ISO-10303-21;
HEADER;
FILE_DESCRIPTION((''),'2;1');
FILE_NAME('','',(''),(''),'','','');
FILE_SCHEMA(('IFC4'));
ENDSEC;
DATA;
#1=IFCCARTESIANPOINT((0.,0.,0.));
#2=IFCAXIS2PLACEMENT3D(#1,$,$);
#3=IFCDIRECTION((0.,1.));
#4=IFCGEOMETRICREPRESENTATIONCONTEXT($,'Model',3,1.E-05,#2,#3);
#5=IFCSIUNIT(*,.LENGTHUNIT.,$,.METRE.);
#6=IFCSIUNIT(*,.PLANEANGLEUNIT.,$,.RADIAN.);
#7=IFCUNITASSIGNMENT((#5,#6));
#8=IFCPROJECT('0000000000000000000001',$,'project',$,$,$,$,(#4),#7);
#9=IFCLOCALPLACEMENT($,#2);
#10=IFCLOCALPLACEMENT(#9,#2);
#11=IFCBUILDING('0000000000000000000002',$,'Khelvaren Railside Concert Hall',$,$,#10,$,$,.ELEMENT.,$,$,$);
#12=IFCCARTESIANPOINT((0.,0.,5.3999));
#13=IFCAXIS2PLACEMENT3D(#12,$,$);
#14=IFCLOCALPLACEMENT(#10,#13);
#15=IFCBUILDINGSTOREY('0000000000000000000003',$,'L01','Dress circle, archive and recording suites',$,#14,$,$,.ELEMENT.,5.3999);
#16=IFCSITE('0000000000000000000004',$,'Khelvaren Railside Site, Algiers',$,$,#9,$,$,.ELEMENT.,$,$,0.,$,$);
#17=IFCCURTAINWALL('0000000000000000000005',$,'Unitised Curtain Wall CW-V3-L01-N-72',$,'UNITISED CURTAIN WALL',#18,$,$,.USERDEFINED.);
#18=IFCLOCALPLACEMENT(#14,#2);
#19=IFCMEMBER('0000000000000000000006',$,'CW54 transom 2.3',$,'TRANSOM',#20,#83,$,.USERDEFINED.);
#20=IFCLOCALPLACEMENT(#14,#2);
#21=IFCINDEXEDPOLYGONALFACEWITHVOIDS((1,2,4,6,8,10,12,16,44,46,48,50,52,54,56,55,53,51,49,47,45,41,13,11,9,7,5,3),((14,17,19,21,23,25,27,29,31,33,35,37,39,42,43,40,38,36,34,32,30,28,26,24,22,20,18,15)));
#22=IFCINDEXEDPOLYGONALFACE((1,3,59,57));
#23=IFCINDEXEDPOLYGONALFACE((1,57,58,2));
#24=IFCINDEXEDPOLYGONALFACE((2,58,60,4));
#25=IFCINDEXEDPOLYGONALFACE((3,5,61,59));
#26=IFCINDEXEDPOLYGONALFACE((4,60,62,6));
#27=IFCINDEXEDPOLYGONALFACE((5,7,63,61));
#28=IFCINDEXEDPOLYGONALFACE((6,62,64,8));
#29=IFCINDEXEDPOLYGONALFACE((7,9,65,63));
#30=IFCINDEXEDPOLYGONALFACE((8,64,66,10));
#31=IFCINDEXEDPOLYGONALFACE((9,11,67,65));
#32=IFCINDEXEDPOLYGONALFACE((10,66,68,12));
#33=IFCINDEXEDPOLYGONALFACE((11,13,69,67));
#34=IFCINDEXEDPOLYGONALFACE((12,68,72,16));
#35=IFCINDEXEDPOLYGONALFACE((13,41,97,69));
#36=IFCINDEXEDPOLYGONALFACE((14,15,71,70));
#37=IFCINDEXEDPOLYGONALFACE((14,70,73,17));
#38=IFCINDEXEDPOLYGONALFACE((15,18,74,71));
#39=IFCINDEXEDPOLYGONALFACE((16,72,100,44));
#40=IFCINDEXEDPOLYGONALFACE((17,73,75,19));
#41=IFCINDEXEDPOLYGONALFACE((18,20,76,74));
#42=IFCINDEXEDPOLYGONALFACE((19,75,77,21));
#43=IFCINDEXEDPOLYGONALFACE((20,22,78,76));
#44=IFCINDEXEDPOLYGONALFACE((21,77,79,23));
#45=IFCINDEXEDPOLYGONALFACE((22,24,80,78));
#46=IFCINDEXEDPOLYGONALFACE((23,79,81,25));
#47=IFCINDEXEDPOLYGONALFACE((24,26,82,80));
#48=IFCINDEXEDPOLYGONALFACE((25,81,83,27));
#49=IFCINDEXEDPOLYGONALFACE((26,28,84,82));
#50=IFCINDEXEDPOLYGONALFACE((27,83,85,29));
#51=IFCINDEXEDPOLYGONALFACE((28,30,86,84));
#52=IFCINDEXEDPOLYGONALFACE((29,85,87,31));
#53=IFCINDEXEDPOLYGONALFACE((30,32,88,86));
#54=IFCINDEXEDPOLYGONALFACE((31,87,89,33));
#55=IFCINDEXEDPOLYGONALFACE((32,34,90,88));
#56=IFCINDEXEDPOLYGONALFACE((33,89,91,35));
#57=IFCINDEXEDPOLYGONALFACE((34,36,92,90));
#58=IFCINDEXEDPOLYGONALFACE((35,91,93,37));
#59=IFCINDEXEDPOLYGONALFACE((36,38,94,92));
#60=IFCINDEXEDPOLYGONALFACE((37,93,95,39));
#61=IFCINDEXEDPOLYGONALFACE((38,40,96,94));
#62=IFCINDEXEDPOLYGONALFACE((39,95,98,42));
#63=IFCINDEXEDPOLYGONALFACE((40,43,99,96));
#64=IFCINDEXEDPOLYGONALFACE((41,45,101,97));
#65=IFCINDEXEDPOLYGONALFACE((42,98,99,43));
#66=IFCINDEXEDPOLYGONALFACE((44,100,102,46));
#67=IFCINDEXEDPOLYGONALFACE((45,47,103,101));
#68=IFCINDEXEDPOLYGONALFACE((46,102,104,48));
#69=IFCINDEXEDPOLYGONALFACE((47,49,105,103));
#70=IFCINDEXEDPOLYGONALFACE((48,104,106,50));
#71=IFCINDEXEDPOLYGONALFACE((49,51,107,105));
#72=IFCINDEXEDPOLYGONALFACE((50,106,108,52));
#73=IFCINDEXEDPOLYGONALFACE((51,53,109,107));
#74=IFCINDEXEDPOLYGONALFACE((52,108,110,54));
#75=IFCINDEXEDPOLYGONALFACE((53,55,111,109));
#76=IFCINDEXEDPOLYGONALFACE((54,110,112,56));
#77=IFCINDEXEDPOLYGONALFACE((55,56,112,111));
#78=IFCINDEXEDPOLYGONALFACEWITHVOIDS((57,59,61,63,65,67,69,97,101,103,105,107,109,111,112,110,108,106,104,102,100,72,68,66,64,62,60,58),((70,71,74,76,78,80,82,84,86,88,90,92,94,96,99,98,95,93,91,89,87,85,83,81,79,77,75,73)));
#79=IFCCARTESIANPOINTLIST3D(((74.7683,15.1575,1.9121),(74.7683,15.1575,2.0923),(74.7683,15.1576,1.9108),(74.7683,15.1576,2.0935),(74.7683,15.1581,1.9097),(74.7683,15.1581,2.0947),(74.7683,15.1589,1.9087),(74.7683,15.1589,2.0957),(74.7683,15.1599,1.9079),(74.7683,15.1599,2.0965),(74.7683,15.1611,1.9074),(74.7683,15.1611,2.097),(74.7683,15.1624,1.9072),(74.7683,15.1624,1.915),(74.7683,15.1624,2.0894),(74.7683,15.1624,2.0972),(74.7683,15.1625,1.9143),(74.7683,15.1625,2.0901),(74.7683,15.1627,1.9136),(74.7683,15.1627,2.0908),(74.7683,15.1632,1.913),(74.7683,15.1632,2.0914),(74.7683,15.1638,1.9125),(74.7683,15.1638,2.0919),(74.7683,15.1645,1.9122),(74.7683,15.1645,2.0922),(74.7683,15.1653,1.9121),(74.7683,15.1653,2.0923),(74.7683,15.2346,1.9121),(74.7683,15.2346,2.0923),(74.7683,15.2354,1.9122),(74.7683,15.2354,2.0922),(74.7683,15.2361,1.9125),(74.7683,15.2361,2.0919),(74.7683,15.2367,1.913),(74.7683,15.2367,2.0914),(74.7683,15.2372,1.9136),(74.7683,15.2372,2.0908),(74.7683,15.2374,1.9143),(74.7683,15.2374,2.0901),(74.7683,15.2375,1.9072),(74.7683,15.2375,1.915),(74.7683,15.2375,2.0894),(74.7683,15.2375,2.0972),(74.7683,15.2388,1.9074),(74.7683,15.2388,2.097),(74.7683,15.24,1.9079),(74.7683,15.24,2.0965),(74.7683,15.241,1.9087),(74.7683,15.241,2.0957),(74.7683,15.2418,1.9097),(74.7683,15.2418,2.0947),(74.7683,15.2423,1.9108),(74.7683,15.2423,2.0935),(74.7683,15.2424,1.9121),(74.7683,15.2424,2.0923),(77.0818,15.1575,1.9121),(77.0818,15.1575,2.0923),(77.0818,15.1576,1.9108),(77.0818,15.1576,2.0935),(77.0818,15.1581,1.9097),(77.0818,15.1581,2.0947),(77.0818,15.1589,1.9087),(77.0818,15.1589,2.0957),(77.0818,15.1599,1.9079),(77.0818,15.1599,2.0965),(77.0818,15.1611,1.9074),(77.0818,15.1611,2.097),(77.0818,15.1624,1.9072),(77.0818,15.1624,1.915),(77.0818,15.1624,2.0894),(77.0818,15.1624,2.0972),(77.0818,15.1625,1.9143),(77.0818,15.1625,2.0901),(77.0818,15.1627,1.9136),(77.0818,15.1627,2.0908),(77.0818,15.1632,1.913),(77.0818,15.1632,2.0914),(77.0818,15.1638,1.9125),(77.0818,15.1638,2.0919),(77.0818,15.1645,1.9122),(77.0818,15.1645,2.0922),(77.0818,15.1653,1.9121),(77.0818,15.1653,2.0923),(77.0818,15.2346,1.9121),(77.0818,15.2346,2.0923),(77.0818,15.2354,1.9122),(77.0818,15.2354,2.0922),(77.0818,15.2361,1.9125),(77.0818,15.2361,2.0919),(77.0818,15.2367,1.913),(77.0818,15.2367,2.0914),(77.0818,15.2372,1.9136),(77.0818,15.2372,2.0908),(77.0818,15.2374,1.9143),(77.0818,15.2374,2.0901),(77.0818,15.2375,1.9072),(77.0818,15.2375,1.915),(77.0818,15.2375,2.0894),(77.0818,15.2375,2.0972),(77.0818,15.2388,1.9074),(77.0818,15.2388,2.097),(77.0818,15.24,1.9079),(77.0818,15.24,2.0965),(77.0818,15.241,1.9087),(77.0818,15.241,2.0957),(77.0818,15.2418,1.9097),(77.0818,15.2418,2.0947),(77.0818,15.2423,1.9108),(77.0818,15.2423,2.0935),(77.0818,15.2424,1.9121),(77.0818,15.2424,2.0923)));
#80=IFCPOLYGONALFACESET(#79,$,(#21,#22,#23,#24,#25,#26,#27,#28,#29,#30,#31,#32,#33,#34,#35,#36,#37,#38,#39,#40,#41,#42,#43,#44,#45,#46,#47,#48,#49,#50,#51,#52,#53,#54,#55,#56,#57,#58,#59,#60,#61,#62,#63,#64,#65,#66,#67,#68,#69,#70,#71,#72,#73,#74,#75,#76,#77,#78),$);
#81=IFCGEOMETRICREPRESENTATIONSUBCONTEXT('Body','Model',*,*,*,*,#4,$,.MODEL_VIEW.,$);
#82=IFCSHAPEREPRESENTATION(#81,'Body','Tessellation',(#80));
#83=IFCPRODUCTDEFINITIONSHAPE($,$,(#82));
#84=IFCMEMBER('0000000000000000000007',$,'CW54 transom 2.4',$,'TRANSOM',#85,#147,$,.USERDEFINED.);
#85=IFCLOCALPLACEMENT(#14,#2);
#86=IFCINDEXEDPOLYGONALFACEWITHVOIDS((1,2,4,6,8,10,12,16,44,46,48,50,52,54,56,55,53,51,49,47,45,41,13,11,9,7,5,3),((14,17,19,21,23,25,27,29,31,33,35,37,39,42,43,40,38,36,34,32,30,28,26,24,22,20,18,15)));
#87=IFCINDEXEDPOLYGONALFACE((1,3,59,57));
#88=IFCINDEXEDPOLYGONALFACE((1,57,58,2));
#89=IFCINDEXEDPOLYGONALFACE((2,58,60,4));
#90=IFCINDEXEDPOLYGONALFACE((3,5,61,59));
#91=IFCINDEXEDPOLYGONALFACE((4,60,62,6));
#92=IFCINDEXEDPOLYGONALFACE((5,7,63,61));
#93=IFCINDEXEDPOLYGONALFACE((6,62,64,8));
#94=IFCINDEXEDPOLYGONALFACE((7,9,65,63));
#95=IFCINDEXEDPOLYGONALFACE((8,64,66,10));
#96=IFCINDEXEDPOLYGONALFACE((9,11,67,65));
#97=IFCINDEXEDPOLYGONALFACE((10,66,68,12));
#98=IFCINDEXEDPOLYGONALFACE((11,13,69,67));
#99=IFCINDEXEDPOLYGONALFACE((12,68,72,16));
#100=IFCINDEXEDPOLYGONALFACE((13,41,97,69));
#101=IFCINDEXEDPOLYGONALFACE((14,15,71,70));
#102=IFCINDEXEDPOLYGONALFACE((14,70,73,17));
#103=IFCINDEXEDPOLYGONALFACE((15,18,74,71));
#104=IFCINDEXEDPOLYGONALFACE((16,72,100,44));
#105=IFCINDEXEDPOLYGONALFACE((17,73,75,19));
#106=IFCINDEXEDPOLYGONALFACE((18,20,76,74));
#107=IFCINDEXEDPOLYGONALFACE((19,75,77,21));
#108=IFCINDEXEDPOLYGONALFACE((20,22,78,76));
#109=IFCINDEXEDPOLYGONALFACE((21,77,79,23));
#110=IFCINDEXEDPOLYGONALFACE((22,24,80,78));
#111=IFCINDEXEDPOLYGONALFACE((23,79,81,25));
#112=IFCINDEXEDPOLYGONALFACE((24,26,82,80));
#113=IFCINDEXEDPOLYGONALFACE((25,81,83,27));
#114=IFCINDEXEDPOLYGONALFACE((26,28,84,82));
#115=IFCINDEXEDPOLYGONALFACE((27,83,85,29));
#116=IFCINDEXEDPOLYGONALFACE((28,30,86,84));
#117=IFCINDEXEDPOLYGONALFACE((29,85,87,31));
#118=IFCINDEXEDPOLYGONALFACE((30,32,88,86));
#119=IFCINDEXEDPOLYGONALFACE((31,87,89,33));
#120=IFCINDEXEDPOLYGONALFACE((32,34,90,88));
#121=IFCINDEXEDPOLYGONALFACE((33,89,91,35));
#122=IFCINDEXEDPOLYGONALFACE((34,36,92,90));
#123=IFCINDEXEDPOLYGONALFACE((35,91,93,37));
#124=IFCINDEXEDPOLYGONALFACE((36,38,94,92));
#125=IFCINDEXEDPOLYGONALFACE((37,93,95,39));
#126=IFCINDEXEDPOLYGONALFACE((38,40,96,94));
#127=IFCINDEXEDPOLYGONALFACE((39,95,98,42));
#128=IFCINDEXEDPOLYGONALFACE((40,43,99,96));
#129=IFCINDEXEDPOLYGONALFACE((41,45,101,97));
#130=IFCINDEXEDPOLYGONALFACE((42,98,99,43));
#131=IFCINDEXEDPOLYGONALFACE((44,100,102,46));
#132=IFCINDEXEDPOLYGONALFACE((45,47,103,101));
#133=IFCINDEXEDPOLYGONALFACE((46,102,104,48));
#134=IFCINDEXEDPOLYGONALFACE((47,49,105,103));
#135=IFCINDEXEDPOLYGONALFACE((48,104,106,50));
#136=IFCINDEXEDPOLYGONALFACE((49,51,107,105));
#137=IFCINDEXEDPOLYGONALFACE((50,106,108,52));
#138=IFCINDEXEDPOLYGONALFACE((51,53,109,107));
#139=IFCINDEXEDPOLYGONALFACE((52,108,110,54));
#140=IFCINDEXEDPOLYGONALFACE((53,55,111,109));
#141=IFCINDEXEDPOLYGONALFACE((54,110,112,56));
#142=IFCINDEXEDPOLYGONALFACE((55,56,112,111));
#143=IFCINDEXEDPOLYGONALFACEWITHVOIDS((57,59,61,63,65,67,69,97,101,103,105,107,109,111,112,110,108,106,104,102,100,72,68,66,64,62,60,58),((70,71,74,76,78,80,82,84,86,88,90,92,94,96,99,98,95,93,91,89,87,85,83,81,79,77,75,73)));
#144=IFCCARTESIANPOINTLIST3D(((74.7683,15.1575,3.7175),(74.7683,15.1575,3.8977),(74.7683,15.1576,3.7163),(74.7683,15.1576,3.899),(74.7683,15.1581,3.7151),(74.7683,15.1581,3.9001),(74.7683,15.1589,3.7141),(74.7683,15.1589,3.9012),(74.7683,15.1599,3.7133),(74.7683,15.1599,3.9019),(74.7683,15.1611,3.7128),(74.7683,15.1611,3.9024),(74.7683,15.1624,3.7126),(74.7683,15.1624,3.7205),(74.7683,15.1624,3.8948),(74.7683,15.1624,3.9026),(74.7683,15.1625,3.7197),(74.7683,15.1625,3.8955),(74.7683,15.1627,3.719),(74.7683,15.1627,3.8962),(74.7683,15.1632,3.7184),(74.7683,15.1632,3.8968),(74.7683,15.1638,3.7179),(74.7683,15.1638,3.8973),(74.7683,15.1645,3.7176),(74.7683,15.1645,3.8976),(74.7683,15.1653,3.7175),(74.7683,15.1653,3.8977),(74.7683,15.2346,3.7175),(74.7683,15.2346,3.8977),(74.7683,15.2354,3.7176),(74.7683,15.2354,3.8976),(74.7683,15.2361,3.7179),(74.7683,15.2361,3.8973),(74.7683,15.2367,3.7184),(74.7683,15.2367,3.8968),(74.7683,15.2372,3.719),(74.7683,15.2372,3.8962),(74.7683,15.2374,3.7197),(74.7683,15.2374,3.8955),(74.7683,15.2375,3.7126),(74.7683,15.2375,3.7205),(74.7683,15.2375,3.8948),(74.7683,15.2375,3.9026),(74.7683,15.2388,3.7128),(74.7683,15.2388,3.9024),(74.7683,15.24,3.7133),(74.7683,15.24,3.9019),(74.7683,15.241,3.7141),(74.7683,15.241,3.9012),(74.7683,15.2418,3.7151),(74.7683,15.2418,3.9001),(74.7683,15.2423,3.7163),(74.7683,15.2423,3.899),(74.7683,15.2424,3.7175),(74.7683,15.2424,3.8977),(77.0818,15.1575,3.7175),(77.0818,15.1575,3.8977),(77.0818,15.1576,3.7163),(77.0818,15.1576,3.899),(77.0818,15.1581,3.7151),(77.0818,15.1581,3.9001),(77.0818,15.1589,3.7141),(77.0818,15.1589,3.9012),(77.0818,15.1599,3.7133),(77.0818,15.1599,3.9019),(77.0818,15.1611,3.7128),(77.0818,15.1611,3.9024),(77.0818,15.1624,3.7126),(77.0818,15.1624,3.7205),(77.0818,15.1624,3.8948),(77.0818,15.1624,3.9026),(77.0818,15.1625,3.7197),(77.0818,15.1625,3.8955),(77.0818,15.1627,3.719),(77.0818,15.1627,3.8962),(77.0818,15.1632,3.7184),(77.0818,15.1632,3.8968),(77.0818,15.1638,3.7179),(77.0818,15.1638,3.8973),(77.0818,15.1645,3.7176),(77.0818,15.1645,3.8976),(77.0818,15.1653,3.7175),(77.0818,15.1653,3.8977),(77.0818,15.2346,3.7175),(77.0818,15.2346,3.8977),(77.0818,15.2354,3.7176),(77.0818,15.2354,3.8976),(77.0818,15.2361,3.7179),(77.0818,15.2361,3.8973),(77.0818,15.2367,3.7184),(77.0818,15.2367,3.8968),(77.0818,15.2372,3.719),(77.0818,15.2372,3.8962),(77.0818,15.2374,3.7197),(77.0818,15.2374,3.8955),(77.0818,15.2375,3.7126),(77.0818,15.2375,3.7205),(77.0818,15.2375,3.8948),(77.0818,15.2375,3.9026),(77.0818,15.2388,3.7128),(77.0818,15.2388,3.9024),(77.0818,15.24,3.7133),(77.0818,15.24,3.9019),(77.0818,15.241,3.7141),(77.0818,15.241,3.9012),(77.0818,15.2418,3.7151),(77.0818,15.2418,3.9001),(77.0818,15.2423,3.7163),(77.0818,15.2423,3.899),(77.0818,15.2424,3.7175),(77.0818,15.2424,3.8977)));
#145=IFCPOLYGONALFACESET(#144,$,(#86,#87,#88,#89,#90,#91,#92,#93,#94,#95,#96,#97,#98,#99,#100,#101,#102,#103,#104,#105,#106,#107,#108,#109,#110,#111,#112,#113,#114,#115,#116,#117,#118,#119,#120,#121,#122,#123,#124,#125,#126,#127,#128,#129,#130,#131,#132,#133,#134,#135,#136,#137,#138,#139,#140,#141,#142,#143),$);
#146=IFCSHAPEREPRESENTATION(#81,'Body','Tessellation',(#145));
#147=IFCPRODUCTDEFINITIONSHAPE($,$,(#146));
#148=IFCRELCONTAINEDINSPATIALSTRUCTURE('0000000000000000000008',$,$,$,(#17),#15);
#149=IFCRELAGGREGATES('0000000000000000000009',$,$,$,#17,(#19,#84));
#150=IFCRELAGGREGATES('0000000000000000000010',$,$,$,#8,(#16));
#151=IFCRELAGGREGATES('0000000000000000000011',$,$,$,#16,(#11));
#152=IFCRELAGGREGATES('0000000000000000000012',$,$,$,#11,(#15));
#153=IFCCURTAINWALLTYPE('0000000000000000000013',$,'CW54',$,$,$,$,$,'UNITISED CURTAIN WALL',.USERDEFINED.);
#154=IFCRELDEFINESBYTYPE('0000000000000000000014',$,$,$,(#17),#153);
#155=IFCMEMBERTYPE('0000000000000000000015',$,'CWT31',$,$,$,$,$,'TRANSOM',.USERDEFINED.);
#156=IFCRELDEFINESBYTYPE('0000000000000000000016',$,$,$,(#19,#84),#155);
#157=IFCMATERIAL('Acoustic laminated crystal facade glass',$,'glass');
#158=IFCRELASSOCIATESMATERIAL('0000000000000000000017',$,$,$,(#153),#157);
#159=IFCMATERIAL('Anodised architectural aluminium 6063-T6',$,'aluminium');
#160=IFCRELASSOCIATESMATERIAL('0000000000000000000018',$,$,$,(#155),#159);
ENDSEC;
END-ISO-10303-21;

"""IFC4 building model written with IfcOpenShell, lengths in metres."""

from ifc_helpers import new_model, si_unit, direction, frame, origin, origin_2d, place, context, subcontext, project, spatial, hollow_rectangle, extrude, material, material_profile, profile_set, type_object, element, aggregate, save


model = new_model("IFC4")

# Units and contexts
model_context = context("Model", 3, precision=1e-05, world=origin(), true_north=direction((0.0, 1.0)))
body_context = subcontext(model_context, "Body", "Model", "MODEL_VIEW")
ifc_project = project(units=[si_unit("LENGTHUNIT", "METRE"), si_unit("PLANEANGLEUNIT", "RADIAN")], contexts=[model_context])

# Site, building, storey
site_placement = place(None, origin())
site = spatial("IfcSite", under=ifc_project, at=site_placement, Name="Khelvaren Railside Site, Algiers", CompositionType="ELEMENT", RefElevation=0.0)
building_placement = place(site_placement, origin())
building = spatial("IfcBuilding", under=site, at=building_placement, Name="Khelvaren Railside Concert Hall", CompositionType="ELEMENT")
storey_placement = place(building_placement, frame((0.0, 0.0, 5.3999)))
storey = spatial("IfcBuildingStorey", under=building, at=storey_placement, Name="L01", Description="Dress circle, archive and recording suites", CompositionType="ELEMENT", Elevation=5.3999)

# Curtain wall, members
ifc_material_1 = material(Name="Acoustic laminated crystal facade glass", Category="glass")
curtain_wall_type = type_object("IfcCurtainWallType", Name="CW54", ElementType="UNITISED CURTAIN WALL", PredefinedType="USERDEFINED", material=ifc_material_1)
curtain_wall_placement = place(storey_placement, origin())
curtain_wall = element("IfcCurtainWall", 1, at=curtain_wall_placement, inside=storey, type_object=curtain_wall_type, Name="Unitised Curtain Wall CW-V3-L01-N-72", ObjectType="UNITISED CURTAIN WALL", PredefinedType="USERDEFINED")
ifc_material_2 = material(Name="Anodised architectural aluminium 6063-T6", Category="aluminium")
ifc_material_profile_1 = material_profile(ifc_material_2, hollow_rectangle(XDim=0.085, YDim=0.1899, WallThickness=0.0049, InnerFilletRadius=0.0029, OuterFilletRadius=0.0049, at=origin_2d()), Name="CWT 85x190x5")
ifc_profile_set_1 = profile_set([ifc_material_profile_1], Name="Anodised architectural aluminium 6063-T6")
member_type_1 = type_object("IfcMemberType", Name="CWT31", ElementType="TRANSOM", PredefinedType="USERDEFINED", material=ifc_profile_set_1)
member_1_placement = place(storey_placement, frame((74.7683, 15.2, 2.0022), z_axis=(1.0, 0.0, 0.0), x_axis=(0.0, 1.0, 0.0)))
member_1 = element("IfcMember", 2, at=member_1_placement, type_object=member_type_1, Name="CW54 transom 2.3", ObjectType="TRANSOM", PredefinedType="USERDEFINED", context=body_context, shape_type="SweptSolid", body=[
    extrude(hollow_rectangle(XDim=0.085, YDim=0.1899, WallThickness=0.0049, InnerFilletRadius=0.0029, OuterFilletRadius=0.0049, at=origin_2d()), origin(), (0.0, 0.0, 1.0), 2.3135),
])
member_2_placement = place(storey_placement, frame((74.7683, 15.2, 3.8076), z_axis=(1.0, 0.0, 0.0), x_axis=(0.0, 1.0, 0.0)))
member_2 = element("IfcMember", 3, at=member_2_placement, type_object=member_type_1, Name="CW54 transom 2.4", ObjectType="TRANSOM", PredefinedType="USERDEFINED", context=body_context, shape_type="SweptSolid", body=[
    extrude(hollow_rectangle(XDim=0.085, YDim=0.1899, WallThickness=0.0049, InnerFilletRadius=0.0029, OuterFilletRadius=0.0049, at=origin_2d()), origin(), (0.0, 0.0, 1.0), 2.3135),
])

aggregate(curtain_wall, [member_1, member_2])

save(model, "model.ifc")
